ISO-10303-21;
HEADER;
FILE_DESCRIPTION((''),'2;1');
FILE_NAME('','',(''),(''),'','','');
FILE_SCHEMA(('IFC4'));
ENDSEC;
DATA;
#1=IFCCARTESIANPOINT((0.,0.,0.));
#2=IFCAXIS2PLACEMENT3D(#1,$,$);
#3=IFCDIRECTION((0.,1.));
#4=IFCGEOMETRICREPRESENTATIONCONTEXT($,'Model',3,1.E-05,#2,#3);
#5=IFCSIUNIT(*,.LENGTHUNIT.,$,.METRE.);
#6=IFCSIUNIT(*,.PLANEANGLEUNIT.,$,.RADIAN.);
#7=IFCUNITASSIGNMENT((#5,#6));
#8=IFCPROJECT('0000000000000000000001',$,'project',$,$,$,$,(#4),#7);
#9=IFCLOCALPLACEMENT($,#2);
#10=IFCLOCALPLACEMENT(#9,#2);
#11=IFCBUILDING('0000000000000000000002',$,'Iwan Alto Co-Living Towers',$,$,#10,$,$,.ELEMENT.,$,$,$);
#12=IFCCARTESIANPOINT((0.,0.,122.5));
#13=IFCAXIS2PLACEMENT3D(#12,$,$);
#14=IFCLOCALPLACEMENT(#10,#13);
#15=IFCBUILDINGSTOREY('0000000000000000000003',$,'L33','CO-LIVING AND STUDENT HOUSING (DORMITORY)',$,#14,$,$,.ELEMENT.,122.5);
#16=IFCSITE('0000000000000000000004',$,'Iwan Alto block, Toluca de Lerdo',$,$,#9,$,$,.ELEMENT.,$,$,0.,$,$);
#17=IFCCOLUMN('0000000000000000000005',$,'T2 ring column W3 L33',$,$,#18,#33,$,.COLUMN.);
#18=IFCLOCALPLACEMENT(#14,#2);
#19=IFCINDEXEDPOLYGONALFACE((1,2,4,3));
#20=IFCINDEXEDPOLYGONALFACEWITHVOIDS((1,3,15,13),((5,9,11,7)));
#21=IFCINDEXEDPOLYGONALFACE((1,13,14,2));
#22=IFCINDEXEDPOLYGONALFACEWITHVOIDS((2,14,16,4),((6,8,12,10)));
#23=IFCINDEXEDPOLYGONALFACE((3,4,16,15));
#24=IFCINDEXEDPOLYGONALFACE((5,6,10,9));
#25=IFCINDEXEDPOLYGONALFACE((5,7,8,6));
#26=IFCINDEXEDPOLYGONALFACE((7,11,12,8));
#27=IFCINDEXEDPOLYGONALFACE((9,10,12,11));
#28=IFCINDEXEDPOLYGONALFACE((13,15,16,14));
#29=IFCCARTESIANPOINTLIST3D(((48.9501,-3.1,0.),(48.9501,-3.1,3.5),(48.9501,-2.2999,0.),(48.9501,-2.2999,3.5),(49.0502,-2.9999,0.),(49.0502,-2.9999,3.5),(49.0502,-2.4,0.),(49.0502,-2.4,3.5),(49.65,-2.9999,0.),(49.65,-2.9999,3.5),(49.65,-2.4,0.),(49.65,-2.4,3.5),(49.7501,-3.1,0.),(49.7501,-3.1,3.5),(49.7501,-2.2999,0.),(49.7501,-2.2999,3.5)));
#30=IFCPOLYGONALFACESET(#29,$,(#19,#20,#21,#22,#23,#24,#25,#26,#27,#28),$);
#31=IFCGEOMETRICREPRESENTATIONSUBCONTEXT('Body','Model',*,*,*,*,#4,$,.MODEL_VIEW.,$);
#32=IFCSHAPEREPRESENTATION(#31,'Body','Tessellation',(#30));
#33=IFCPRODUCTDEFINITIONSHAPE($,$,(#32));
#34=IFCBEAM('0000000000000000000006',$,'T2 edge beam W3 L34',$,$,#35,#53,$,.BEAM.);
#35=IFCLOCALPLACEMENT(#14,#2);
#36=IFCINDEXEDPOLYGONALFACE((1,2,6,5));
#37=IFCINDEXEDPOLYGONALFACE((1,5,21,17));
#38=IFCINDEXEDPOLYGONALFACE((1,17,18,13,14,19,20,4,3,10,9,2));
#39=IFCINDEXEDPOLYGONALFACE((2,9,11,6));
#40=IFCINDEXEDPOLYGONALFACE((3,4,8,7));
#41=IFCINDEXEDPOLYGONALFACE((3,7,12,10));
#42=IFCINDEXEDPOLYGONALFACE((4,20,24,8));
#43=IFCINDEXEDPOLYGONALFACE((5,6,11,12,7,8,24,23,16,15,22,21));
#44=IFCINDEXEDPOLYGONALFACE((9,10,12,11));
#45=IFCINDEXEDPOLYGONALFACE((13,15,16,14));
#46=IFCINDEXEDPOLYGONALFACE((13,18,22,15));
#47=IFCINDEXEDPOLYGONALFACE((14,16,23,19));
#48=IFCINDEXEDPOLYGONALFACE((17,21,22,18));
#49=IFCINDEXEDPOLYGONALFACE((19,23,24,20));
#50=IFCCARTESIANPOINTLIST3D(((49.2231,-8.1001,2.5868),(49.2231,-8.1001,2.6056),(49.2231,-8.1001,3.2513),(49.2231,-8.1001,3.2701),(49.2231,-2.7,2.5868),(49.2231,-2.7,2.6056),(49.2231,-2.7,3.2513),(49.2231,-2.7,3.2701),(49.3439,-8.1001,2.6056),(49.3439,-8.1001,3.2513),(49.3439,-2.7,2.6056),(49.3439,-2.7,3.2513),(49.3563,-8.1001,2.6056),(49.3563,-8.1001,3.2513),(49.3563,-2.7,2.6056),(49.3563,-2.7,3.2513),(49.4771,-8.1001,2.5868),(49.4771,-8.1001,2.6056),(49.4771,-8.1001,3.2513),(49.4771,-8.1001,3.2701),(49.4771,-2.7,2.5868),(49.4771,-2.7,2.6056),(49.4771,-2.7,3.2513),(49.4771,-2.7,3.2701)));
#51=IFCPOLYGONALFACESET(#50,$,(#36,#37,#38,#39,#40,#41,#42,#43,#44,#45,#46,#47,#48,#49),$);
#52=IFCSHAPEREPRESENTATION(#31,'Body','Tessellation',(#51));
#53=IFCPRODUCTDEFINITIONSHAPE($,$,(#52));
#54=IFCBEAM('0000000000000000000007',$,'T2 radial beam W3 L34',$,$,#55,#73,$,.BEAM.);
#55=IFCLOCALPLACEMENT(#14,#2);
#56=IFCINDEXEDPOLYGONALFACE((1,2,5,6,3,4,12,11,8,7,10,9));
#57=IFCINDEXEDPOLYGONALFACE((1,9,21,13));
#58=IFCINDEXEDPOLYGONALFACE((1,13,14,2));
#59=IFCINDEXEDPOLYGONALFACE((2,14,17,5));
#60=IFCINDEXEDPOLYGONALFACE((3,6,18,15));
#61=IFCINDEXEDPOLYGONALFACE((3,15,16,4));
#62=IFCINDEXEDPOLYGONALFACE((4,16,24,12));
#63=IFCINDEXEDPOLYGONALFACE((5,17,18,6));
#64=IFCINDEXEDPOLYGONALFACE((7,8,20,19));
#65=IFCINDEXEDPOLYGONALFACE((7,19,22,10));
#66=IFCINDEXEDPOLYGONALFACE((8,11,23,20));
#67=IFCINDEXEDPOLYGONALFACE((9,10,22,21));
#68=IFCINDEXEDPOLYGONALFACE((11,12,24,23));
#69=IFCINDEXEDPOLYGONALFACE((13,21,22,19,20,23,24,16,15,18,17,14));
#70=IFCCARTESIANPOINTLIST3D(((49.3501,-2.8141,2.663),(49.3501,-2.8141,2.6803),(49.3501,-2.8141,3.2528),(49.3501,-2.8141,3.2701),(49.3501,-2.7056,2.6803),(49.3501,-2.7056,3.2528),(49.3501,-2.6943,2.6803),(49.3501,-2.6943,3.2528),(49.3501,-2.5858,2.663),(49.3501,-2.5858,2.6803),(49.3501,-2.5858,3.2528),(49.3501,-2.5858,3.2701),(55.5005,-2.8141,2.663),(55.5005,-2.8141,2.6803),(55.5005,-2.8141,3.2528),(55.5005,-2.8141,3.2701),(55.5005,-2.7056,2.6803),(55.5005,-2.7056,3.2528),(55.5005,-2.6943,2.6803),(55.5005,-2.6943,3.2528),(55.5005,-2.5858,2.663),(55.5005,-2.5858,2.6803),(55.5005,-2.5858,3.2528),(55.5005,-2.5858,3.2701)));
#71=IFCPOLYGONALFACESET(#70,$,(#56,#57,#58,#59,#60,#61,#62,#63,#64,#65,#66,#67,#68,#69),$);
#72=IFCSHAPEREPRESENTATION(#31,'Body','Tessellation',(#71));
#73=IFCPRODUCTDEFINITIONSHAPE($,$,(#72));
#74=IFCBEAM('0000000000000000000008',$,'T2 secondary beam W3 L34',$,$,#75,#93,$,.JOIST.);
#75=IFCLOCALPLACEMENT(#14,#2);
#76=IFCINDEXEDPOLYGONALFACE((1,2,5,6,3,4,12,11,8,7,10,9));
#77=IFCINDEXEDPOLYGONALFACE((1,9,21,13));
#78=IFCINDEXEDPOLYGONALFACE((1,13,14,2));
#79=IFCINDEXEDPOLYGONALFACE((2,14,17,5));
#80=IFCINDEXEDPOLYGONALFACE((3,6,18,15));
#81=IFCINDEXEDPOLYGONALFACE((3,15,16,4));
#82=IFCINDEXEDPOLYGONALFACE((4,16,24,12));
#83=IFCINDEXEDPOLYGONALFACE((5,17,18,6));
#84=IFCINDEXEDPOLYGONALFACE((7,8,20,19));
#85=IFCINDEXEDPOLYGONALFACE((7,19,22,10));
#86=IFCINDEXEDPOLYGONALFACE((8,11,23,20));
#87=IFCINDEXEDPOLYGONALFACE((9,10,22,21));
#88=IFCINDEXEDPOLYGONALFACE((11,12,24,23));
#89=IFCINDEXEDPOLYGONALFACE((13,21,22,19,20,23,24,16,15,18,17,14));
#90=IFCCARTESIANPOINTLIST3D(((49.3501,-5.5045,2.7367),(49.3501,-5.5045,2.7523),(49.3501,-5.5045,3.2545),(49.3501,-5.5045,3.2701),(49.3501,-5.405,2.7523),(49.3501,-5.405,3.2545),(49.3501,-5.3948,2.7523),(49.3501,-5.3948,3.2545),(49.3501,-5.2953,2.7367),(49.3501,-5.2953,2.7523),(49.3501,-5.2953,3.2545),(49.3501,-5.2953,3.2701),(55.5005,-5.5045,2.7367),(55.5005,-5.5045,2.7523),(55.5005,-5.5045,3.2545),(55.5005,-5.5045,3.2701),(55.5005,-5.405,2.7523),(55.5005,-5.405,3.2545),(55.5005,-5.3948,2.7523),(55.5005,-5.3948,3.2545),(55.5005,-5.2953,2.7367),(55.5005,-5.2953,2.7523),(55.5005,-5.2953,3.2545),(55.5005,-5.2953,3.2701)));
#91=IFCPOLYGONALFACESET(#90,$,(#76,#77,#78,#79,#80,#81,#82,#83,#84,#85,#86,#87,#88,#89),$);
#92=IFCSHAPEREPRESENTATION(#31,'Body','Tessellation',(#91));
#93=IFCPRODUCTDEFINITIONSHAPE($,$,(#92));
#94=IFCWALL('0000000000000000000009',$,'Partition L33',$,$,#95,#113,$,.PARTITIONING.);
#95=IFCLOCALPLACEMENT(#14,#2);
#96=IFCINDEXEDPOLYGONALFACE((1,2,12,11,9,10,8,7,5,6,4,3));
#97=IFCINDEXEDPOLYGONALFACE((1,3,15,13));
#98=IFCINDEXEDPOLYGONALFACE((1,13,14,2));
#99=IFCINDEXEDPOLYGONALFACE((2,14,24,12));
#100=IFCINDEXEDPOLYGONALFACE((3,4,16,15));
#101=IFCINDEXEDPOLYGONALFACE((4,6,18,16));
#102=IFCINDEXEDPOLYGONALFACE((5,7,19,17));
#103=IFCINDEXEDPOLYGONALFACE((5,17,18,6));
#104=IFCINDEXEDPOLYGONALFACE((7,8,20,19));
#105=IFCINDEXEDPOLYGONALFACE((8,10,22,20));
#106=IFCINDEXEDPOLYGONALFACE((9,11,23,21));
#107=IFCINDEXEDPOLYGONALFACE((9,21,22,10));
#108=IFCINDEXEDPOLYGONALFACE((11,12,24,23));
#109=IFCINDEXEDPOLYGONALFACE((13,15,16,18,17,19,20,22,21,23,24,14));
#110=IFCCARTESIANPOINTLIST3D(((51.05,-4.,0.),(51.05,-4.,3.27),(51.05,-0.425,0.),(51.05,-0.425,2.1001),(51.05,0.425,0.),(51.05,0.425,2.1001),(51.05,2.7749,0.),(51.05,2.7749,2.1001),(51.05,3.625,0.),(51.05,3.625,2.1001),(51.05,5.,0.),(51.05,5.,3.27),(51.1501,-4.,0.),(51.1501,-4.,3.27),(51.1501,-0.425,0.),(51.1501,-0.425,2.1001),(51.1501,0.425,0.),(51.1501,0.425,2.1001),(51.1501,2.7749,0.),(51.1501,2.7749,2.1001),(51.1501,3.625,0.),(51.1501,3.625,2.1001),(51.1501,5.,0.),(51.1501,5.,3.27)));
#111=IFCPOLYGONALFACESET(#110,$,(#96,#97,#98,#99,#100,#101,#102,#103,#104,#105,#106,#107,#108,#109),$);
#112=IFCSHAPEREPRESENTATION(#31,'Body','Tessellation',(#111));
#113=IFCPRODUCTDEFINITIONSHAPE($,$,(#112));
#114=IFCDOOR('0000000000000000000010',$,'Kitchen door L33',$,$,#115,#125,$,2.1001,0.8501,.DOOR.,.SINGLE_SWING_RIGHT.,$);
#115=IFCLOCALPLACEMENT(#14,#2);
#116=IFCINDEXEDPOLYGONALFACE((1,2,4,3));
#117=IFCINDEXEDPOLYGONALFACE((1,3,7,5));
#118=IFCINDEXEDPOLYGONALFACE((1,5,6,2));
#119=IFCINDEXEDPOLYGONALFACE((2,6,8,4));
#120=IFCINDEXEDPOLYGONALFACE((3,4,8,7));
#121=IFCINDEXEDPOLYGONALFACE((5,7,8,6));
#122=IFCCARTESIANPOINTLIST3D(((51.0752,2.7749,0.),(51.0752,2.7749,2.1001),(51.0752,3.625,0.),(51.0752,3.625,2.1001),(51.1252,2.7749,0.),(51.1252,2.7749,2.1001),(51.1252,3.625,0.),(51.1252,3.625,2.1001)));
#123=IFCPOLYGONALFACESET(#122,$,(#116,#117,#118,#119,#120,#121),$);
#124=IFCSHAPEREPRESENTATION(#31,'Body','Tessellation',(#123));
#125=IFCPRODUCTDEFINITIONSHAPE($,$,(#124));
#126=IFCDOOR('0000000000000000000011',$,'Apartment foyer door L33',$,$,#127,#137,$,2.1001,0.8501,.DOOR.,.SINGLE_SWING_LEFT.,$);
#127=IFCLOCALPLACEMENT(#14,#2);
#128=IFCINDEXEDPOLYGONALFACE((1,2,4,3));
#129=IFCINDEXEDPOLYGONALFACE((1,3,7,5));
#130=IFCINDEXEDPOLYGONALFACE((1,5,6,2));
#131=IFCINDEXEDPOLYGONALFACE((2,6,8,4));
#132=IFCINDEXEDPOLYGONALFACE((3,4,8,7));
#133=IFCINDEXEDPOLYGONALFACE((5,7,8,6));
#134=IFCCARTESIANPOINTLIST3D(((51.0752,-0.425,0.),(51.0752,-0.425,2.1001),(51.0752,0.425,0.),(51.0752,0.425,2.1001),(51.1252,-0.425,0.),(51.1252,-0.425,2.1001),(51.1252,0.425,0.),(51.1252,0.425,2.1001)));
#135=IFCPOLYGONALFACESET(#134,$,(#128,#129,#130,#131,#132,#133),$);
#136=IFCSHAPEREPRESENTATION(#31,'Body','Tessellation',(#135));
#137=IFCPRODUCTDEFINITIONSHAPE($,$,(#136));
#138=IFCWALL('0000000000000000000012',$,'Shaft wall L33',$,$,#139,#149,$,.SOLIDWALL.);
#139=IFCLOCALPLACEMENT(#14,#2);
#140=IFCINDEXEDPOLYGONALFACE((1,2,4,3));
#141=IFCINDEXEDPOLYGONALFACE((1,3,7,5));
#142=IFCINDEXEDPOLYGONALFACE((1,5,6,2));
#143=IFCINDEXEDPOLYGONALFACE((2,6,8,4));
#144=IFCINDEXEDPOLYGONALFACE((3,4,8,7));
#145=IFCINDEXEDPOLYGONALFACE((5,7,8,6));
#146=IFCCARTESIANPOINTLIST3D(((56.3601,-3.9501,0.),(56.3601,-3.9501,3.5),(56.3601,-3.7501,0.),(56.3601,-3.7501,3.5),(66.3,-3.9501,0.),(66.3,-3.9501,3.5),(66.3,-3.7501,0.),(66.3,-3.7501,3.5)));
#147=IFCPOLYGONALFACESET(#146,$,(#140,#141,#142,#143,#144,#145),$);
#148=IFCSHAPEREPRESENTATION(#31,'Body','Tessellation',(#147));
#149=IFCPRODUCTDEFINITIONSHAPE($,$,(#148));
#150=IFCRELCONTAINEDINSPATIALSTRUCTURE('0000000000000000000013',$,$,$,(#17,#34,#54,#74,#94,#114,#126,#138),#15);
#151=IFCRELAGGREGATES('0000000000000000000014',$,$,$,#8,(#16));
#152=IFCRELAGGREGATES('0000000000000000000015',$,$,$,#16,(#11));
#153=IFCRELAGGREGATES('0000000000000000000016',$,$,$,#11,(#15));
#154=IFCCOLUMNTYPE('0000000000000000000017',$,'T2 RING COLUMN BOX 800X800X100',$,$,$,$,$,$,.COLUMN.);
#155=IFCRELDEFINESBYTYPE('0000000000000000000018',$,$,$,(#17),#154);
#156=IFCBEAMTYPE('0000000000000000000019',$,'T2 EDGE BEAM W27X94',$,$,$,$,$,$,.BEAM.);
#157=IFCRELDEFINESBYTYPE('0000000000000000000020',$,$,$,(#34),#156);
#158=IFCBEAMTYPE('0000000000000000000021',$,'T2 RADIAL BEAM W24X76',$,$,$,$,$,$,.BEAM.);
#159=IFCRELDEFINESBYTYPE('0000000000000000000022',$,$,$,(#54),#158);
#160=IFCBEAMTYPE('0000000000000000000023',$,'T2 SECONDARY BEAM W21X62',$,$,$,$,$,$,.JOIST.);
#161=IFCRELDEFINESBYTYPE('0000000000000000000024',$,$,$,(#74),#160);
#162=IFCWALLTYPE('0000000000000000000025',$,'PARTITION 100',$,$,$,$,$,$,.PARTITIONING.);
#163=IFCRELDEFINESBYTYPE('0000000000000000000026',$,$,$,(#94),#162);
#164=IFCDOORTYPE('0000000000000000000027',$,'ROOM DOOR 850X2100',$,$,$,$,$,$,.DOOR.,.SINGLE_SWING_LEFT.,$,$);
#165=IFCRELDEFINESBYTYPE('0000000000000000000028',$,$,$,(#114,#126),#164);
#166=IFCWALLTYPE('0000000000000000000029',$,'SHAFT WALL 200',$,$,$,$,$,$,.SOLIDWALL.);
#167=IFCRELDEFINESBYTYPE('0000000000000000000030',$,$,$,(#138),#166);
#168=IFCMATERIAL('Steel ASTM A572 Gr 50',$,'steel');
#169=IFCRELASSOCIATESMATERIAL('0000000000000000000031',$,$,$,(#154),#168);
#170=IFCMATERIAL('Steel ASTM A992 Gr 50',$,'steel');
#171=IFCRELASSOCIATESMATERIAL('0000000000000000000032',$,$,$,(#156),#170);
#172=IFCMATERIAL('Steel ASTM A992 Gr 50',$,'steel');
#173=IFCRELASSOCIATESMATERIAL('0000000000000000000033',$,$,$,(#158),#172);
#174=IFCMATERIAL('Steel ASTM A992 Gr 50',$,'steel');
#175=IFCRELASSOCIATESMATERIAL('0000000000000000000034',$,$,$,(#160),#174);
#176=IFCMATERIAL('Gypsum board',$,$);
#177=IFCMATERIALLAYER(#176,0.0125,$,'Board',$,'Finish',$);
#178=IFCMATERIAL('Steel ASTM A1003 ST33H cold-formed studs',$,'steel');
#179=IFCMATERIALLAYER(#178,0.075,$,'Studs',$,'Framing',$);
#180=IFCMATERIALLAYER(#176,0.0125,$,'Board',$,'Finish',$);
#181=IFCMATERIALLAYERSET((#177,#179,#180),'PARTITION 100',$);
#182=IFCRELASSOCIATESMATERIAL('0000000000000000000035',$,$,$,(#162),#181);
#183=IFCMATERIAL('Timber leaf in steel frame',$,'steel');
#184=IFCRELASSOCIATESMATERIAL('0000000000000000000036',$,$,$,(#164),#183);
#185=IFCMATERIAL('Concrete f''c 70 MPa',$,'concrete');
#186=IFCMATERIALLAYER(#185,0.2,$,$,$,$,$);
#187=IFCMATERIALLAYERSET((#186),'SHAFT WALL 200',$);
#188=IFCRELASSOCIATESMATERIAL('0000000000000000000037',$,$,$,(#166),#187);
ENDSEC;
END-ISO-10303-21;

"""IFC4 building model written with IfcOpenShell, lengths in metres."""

from ifc_helpers import new_model, si_unit, direction, frame, frame_2d, origin, origin_2d, place, context, subcontext, project, spatial, rectangle, hollow_rectangle, i_section, extrude, material, layer, layer_set, material_profile, profile_set, type_object, element, fill, save


model = new_model("IFC4")

# Units and contexts
model_context = context("Model", 3, precision=1e-05, world=origin(), true_north=direction((0.0, 1.0)))
body_context = subcontext(model_context, "Body", "Model", "MODEL_VIEW")
ifc_project = project(units=[si_unit("LENGTHUNIT", "METRE"), si_unit("PLANEANGLEUNIT", "RADIAN")], contexts=[model_context])

# Site, building, storey
site_placement = place(None, origin())
site = spatial("IfcSite", under=ifc_project, at=site_placement, Name="Iwan Alto block, Toluca de Lerdo", CompositionType="ELEMENT", RefElevation=0.0)
building_placement = place(site_placement, origin())
building = spatial("IfcBuilding", under=site, at=building_placement, Name="Iwan Alto Co-Living Towers", CompositionType="ELEMENT")
storey_placement = place(building_placement, frame((0.0, 0.0, 122.5)))
storey = spatial("IfcBuildingStorey", under=building, at=storey_placement, Name="L33", Description="CO-LIVING AND STUDENT HOUSING (DORMITORY)", CompositionType="ELEMENT", Elevation=122.5)

# Column
ifc_material_1 = material(Name="Steel ASTM A572 Gr 50", Category="steel")
ifc_material_profile_1 = material_profile(ifc_material_1, hollow_rectangle(XDim=0.8, YDim=0.8, WallThickness=0.1001, at=origin_2d()), Name="BOX 800X800X100")
ifc_profile_set_1 = profile_set([ifc_material_profile_1], Name="Steel ASTM A572 Gr 50")
column_type = type_object("IfcColumnType", Name="T2 RING COLUMN BOX 800X800X100", PredefinedType="COLUMN", material=ifc_profile_set_1)
column_placement = place(storey_placement, frame((49.3501, -2.7, 0.0), z_axis=(0.0, 0.0, 1.0), x_axis=(1.0, 0.0, 0.0)))
element("IfcColumn", 1, at=column_placement, inside=storey, type_object=column_type, Name="T2 ring column W3 L33", PredefinedType="COLUMN", context=body_context, shape_type="SweptSolid", body=[
    extrude(hollow_rectangle(XDim=0.8, YDim=0.8, WallThickness=0.1001, at=origin_2d()), origin(), (0.0, 0.0, 1.0), 3.5),
])

# Beams
ifc_material_2 = material(Name="Steel ASTM A992 Gr 50", Category="steel")
ifc_material_profile_2 = material_profile(ifc_material_2, i_section(OverallWidth=0.2539, OverallDepth=0.6833, WebThickness=0.0125, FlangeThickness=0.0188, at=origin_2d()), Name="W27X94")
ifc_profile_set_2 = profile_set([ifc_material_profile_2], Name="Steel ASTM A992 Gr 50")
beam_type_1 = type_object("IfcBeamType", Name="T2 EDGE BEAM W27X94", PredefinedType="BEAM", material=ifc_profile_set_2)
beam_1_placement = place(storey_placement, frame((49.3501, -2.7, 2.9285), z_axis=(0.0, -1.0, 0.0), x_axis=(1.0, 0.0, 0.0)))
element("IfcBeam", 2, at=beam_1_placement, inside=storey, type_object=beam_type_1, Name="T2 edge beam W3 L34", PredefinedType="BEAM", context=body_context, shape_type="SweptSolid", body=[
    extrude(i_section(OverallWidth=0.2539, OverallDepth=0.6833, WebThickness=0.0125, FlangeThickness=0.0188, at=origin_2d()), origin(), (0.0, 0.0, 1.0), 5.4001),
])
ifc_material_3 = material(Name="Steel ASTM A992 Gr 50", Category="steel")
ifc_material_profile_3 = material_profile(ifc_material_3, i_section(OverallWidth=0.2283, OverallDepth=0.6072, WebThickness=0.0112, FlangeThickness=0.0173, at=origin_2d()), Name="W24X76")
ifc_profile_set_3 = profile_set([ifc_material_profile_3], Name="Steel ASTM A992 Gr 50")
beam_type_2 = type_object("IfcBeamType", Name="T2 RADIAL BEAM W24X76", PredefinedType="BEAM", material=ifc_profile_set_3)
beam_2_placement = place(storey_placement, frame((49.3501, -2.7, 2.9666), z_axis=(1.0, 0.0, 0.0), x_axis=(0.0, 1.0, 0.0)))
element("IfcBeam", 3, at=beam_2_placement, inside=storey, type_object=beam_type_2, Name="T2 radial beam W3 L34", PredefinedType="BEAM", context=body_context, shape_type="SweptSolid", body=[
    extrude(i_section(OverallWidth=0.2283, OverallDepth=0.6072, WebThickness=0.0112, FlangeThickness=0.0173, at=origin_2d()), origin(), (0.0, 0.0, 1.0), 6.1504),
])
ifc_material_4 = material(Name="Steel ASTM A992 Gr 50", Category="steel")
ifc_material_profile_4 = material_profile(ifc_material_4, i_section(OverallWidth=0.2092, OverallDepth=0.5334, WebThickness=0.0103, FlangeThickness=0.0156, at=origin_2d()), Name="W21X62")
ifc_profile_set_4 = profile_set([ifc_material_profile_4], Name="Steel ASTM A992 Gr 50")
beam_type_3 = type_object("IfcBeamType", Name="T2 SECONDARY BEAM W21X62", PredefinedType="JOIST", material=ifc_profile_set_4)
beam_3_placement = place(storey_placement, frame((49.3501, -5.3999, 3.0034), z_axis=(1.0, 0.0, 0.0), x_axis=(0.0, 1.0, 0.0)))
element("IfcBeam", 4, at=beam_3_placement, inside=storey, type_object=beam_type_3, Name="T2 secondary beam W3 L34", PredefinedType="JOIST", context=body_context, shape_type="SweptSolid", body=[
    extrude(i_section(OverallWidth=0.2092, OverallDepth=0.5334, WebThickness=0.0103, FlangeThickness=0.0156, at=origin_2d()), origin(), (0.0, 0.0, 1.0), 6.1504),
])

# Wall, openings, doors
ifc_material_5 = material(Name="Gypsum board")
ifc_layer_1 = layer(ifc_material_5, 0.0125, Name="Board", Category="Finish")
ifc_material_6 = material(Name="Steel ASTM A1003 ST33H cold-formed studs", Category="steel")
ifc_layer_2 = layer(ifc_material_6, 0.075, Name="Studs", Category="Framing")
ifc_layer_3 = layer(ifc_material_5, 0.0125, Name="Board", Category="Finish")
ifc_layer_set_1 = layer_set([ifc_layer_1, ifc_layer_2, ifc_layer_3], Name="PARTITION 100")
wall_type_1 = type_object("IfcWallType", Name="PARTITION 100", PredefinedType="PARTITIONING", material=ifc_layer_set_1)
wall_1_placement = place(storey_placement, frame((51.1001, -4.0, 0.0), z_axis=(0.0, 0.0, 1.0), x_axis=(0.0, 1.0, 0.0)))
wall_1 = element("IfcWall", 5, at=wall_1_placement, inside=storey, type_object=wall_type_1, Name="Partition L33", PredefinedType="PARTITIONING", context=body_context, shape_type="SweptSolid", body=[
    extrude(rectangle(XDim=9.0, YDim=0.1001, at=frame_2d((4.5, 0.0))), origin(), (0.0, 0.0, 1.0), 3.27),
])
opening_1_placement = place(wall_1_placement, frame((6.7749, 0.0, 0.0)))
opening_1 = element("IfcOpeningElement", 6, at=opening_1_placement, cuts=wall_1, PredefinedType="OPENING", context=body_context, shape_type="SweptSolid", body=[
    extrude(rectangle(XDim=0.8501, YDim=2.1001, at=frame_2d((0.425, 1.05))), frame((0.0, 0.0601, 0.0), z_axis=(0.0, -1.0, 0.0), x_axis=(1.0, 0.0, 0.0)), (0.0, 0.0, 1.0), 0.1201),
])
opening_2_placement = place(wall_1_placement, frame((3.575, 0.0, 0.0)))
opening_2 = element("IfcOpeningElement", 7, at=opening_2_placement, cuts=wall_1, PredefinedType="OPENING", context=body_context, shape_type="SweptSolid", body=[
    extrude(rectangle(XDim=0.8501, YDim=2.1001, at=frame_2d((0.425, 1.05))), frame((0.0, 0.0601, 0.0), z_axis=(0.0, -1.0, 0.0), x_axis=(1.0, 0.0, 0.0)), (0.0, 0.0, 1.0), 0.1201),
])
ifc_material_7 = material(Name="Timber leaf in steel frame", Category="steel")
door_type_1 = type_object("IfcDoorType", Name="ROOM DOOR 850X2100", OperationType="SINGLE_SWING_LEFT", PredefinedType="DOOR", material=ifc_material_7)
door_1_placement = place(opening_1_placement, origin())
door_1 = element("IfcDoor", 8, at=door_1_placement, inside=storey, type_object=door_type_1, Name="Kitchen door L33", OperationType="SINGLE_SWING_RIGHT", OverallHeight=2.1001, OverallWidth=0.8501, PredefinedType="DOOR", context=body_context, shape_type="SweptSolid", body=[
    extrude(rectangle(XDim=0.8501, YDim=2.1001, at=frame_2d((0.425, 1.05))), frame((0.0, 0.0249, 0.0), z_axis=(0.0, -1.0, 0.0), x_axis=(1.0, 0.0, 0.0)), (0.0, 0.0, 1.0), 0.05),
])
fill(opening_1, door_1)
door_2_placement = place(opening_2_placement, origin())
door_2 = element("IfcDoor", 9, at=door_2_placement, inside=storey, type_object=door_type_1, Name="Apartment foyer door L33", OperationType="SINGLE_SWING_LEFT", OverallHeight=2.1001, OverallWidth=0.8501, PredefinedType="DOOR", context=body_context, shape_type="SweptSolid", body=[
    extrude(rectangle(XDim=0.8501, YDim=2.1001, at=frame_2d((0.425, 1.05))), frame((0.0, 0.0249, 0.0), z_axis=(0.0, -1.0, 0.0), x_axis=(1.0, 0.0, 0.0)), (0.0, 0.0, 1.0), 0.05),
])
fill(opening_2, door_2)

# Wall
ifc_material_8 = material(Name="Concrete f'c 70 MPa", Category="concrete")
ifc_layer_4 = layer(ifc_material_8, 0.2)
ifc_layer_set_2 = layer_set([ifc_layer_4], Name="SHAFT WALL 200")
wall_type_2 = type_object("IfcWallType", Name="SHAFT WALL 200", PredefinedType="SOLIDWALL", material=ifc_layer_set_2)
wall_2_placement = place(storey_placement, frame((56.3601, -3.8501, 0.0), z_axis=(0.0, 0.0, 1.0), x_axis=(1.0, 0.0, 0.0)))
element("IfcWall", 10, at=wall_2_placement, inside=storey, type_object=wall_type_2, Name="Shaft wall L33", PredefinedType="SOLIDWALL", context=body_context, shape_type="SweptSolid", body=[
    extrude(rectangle(XDim=9.9399, YDim=0.2, at=frame_2d((4.97, 0.0))), origin(), (0.0, 0.0, 1.0), 3.5),
])

save(model, "model.ifc")
